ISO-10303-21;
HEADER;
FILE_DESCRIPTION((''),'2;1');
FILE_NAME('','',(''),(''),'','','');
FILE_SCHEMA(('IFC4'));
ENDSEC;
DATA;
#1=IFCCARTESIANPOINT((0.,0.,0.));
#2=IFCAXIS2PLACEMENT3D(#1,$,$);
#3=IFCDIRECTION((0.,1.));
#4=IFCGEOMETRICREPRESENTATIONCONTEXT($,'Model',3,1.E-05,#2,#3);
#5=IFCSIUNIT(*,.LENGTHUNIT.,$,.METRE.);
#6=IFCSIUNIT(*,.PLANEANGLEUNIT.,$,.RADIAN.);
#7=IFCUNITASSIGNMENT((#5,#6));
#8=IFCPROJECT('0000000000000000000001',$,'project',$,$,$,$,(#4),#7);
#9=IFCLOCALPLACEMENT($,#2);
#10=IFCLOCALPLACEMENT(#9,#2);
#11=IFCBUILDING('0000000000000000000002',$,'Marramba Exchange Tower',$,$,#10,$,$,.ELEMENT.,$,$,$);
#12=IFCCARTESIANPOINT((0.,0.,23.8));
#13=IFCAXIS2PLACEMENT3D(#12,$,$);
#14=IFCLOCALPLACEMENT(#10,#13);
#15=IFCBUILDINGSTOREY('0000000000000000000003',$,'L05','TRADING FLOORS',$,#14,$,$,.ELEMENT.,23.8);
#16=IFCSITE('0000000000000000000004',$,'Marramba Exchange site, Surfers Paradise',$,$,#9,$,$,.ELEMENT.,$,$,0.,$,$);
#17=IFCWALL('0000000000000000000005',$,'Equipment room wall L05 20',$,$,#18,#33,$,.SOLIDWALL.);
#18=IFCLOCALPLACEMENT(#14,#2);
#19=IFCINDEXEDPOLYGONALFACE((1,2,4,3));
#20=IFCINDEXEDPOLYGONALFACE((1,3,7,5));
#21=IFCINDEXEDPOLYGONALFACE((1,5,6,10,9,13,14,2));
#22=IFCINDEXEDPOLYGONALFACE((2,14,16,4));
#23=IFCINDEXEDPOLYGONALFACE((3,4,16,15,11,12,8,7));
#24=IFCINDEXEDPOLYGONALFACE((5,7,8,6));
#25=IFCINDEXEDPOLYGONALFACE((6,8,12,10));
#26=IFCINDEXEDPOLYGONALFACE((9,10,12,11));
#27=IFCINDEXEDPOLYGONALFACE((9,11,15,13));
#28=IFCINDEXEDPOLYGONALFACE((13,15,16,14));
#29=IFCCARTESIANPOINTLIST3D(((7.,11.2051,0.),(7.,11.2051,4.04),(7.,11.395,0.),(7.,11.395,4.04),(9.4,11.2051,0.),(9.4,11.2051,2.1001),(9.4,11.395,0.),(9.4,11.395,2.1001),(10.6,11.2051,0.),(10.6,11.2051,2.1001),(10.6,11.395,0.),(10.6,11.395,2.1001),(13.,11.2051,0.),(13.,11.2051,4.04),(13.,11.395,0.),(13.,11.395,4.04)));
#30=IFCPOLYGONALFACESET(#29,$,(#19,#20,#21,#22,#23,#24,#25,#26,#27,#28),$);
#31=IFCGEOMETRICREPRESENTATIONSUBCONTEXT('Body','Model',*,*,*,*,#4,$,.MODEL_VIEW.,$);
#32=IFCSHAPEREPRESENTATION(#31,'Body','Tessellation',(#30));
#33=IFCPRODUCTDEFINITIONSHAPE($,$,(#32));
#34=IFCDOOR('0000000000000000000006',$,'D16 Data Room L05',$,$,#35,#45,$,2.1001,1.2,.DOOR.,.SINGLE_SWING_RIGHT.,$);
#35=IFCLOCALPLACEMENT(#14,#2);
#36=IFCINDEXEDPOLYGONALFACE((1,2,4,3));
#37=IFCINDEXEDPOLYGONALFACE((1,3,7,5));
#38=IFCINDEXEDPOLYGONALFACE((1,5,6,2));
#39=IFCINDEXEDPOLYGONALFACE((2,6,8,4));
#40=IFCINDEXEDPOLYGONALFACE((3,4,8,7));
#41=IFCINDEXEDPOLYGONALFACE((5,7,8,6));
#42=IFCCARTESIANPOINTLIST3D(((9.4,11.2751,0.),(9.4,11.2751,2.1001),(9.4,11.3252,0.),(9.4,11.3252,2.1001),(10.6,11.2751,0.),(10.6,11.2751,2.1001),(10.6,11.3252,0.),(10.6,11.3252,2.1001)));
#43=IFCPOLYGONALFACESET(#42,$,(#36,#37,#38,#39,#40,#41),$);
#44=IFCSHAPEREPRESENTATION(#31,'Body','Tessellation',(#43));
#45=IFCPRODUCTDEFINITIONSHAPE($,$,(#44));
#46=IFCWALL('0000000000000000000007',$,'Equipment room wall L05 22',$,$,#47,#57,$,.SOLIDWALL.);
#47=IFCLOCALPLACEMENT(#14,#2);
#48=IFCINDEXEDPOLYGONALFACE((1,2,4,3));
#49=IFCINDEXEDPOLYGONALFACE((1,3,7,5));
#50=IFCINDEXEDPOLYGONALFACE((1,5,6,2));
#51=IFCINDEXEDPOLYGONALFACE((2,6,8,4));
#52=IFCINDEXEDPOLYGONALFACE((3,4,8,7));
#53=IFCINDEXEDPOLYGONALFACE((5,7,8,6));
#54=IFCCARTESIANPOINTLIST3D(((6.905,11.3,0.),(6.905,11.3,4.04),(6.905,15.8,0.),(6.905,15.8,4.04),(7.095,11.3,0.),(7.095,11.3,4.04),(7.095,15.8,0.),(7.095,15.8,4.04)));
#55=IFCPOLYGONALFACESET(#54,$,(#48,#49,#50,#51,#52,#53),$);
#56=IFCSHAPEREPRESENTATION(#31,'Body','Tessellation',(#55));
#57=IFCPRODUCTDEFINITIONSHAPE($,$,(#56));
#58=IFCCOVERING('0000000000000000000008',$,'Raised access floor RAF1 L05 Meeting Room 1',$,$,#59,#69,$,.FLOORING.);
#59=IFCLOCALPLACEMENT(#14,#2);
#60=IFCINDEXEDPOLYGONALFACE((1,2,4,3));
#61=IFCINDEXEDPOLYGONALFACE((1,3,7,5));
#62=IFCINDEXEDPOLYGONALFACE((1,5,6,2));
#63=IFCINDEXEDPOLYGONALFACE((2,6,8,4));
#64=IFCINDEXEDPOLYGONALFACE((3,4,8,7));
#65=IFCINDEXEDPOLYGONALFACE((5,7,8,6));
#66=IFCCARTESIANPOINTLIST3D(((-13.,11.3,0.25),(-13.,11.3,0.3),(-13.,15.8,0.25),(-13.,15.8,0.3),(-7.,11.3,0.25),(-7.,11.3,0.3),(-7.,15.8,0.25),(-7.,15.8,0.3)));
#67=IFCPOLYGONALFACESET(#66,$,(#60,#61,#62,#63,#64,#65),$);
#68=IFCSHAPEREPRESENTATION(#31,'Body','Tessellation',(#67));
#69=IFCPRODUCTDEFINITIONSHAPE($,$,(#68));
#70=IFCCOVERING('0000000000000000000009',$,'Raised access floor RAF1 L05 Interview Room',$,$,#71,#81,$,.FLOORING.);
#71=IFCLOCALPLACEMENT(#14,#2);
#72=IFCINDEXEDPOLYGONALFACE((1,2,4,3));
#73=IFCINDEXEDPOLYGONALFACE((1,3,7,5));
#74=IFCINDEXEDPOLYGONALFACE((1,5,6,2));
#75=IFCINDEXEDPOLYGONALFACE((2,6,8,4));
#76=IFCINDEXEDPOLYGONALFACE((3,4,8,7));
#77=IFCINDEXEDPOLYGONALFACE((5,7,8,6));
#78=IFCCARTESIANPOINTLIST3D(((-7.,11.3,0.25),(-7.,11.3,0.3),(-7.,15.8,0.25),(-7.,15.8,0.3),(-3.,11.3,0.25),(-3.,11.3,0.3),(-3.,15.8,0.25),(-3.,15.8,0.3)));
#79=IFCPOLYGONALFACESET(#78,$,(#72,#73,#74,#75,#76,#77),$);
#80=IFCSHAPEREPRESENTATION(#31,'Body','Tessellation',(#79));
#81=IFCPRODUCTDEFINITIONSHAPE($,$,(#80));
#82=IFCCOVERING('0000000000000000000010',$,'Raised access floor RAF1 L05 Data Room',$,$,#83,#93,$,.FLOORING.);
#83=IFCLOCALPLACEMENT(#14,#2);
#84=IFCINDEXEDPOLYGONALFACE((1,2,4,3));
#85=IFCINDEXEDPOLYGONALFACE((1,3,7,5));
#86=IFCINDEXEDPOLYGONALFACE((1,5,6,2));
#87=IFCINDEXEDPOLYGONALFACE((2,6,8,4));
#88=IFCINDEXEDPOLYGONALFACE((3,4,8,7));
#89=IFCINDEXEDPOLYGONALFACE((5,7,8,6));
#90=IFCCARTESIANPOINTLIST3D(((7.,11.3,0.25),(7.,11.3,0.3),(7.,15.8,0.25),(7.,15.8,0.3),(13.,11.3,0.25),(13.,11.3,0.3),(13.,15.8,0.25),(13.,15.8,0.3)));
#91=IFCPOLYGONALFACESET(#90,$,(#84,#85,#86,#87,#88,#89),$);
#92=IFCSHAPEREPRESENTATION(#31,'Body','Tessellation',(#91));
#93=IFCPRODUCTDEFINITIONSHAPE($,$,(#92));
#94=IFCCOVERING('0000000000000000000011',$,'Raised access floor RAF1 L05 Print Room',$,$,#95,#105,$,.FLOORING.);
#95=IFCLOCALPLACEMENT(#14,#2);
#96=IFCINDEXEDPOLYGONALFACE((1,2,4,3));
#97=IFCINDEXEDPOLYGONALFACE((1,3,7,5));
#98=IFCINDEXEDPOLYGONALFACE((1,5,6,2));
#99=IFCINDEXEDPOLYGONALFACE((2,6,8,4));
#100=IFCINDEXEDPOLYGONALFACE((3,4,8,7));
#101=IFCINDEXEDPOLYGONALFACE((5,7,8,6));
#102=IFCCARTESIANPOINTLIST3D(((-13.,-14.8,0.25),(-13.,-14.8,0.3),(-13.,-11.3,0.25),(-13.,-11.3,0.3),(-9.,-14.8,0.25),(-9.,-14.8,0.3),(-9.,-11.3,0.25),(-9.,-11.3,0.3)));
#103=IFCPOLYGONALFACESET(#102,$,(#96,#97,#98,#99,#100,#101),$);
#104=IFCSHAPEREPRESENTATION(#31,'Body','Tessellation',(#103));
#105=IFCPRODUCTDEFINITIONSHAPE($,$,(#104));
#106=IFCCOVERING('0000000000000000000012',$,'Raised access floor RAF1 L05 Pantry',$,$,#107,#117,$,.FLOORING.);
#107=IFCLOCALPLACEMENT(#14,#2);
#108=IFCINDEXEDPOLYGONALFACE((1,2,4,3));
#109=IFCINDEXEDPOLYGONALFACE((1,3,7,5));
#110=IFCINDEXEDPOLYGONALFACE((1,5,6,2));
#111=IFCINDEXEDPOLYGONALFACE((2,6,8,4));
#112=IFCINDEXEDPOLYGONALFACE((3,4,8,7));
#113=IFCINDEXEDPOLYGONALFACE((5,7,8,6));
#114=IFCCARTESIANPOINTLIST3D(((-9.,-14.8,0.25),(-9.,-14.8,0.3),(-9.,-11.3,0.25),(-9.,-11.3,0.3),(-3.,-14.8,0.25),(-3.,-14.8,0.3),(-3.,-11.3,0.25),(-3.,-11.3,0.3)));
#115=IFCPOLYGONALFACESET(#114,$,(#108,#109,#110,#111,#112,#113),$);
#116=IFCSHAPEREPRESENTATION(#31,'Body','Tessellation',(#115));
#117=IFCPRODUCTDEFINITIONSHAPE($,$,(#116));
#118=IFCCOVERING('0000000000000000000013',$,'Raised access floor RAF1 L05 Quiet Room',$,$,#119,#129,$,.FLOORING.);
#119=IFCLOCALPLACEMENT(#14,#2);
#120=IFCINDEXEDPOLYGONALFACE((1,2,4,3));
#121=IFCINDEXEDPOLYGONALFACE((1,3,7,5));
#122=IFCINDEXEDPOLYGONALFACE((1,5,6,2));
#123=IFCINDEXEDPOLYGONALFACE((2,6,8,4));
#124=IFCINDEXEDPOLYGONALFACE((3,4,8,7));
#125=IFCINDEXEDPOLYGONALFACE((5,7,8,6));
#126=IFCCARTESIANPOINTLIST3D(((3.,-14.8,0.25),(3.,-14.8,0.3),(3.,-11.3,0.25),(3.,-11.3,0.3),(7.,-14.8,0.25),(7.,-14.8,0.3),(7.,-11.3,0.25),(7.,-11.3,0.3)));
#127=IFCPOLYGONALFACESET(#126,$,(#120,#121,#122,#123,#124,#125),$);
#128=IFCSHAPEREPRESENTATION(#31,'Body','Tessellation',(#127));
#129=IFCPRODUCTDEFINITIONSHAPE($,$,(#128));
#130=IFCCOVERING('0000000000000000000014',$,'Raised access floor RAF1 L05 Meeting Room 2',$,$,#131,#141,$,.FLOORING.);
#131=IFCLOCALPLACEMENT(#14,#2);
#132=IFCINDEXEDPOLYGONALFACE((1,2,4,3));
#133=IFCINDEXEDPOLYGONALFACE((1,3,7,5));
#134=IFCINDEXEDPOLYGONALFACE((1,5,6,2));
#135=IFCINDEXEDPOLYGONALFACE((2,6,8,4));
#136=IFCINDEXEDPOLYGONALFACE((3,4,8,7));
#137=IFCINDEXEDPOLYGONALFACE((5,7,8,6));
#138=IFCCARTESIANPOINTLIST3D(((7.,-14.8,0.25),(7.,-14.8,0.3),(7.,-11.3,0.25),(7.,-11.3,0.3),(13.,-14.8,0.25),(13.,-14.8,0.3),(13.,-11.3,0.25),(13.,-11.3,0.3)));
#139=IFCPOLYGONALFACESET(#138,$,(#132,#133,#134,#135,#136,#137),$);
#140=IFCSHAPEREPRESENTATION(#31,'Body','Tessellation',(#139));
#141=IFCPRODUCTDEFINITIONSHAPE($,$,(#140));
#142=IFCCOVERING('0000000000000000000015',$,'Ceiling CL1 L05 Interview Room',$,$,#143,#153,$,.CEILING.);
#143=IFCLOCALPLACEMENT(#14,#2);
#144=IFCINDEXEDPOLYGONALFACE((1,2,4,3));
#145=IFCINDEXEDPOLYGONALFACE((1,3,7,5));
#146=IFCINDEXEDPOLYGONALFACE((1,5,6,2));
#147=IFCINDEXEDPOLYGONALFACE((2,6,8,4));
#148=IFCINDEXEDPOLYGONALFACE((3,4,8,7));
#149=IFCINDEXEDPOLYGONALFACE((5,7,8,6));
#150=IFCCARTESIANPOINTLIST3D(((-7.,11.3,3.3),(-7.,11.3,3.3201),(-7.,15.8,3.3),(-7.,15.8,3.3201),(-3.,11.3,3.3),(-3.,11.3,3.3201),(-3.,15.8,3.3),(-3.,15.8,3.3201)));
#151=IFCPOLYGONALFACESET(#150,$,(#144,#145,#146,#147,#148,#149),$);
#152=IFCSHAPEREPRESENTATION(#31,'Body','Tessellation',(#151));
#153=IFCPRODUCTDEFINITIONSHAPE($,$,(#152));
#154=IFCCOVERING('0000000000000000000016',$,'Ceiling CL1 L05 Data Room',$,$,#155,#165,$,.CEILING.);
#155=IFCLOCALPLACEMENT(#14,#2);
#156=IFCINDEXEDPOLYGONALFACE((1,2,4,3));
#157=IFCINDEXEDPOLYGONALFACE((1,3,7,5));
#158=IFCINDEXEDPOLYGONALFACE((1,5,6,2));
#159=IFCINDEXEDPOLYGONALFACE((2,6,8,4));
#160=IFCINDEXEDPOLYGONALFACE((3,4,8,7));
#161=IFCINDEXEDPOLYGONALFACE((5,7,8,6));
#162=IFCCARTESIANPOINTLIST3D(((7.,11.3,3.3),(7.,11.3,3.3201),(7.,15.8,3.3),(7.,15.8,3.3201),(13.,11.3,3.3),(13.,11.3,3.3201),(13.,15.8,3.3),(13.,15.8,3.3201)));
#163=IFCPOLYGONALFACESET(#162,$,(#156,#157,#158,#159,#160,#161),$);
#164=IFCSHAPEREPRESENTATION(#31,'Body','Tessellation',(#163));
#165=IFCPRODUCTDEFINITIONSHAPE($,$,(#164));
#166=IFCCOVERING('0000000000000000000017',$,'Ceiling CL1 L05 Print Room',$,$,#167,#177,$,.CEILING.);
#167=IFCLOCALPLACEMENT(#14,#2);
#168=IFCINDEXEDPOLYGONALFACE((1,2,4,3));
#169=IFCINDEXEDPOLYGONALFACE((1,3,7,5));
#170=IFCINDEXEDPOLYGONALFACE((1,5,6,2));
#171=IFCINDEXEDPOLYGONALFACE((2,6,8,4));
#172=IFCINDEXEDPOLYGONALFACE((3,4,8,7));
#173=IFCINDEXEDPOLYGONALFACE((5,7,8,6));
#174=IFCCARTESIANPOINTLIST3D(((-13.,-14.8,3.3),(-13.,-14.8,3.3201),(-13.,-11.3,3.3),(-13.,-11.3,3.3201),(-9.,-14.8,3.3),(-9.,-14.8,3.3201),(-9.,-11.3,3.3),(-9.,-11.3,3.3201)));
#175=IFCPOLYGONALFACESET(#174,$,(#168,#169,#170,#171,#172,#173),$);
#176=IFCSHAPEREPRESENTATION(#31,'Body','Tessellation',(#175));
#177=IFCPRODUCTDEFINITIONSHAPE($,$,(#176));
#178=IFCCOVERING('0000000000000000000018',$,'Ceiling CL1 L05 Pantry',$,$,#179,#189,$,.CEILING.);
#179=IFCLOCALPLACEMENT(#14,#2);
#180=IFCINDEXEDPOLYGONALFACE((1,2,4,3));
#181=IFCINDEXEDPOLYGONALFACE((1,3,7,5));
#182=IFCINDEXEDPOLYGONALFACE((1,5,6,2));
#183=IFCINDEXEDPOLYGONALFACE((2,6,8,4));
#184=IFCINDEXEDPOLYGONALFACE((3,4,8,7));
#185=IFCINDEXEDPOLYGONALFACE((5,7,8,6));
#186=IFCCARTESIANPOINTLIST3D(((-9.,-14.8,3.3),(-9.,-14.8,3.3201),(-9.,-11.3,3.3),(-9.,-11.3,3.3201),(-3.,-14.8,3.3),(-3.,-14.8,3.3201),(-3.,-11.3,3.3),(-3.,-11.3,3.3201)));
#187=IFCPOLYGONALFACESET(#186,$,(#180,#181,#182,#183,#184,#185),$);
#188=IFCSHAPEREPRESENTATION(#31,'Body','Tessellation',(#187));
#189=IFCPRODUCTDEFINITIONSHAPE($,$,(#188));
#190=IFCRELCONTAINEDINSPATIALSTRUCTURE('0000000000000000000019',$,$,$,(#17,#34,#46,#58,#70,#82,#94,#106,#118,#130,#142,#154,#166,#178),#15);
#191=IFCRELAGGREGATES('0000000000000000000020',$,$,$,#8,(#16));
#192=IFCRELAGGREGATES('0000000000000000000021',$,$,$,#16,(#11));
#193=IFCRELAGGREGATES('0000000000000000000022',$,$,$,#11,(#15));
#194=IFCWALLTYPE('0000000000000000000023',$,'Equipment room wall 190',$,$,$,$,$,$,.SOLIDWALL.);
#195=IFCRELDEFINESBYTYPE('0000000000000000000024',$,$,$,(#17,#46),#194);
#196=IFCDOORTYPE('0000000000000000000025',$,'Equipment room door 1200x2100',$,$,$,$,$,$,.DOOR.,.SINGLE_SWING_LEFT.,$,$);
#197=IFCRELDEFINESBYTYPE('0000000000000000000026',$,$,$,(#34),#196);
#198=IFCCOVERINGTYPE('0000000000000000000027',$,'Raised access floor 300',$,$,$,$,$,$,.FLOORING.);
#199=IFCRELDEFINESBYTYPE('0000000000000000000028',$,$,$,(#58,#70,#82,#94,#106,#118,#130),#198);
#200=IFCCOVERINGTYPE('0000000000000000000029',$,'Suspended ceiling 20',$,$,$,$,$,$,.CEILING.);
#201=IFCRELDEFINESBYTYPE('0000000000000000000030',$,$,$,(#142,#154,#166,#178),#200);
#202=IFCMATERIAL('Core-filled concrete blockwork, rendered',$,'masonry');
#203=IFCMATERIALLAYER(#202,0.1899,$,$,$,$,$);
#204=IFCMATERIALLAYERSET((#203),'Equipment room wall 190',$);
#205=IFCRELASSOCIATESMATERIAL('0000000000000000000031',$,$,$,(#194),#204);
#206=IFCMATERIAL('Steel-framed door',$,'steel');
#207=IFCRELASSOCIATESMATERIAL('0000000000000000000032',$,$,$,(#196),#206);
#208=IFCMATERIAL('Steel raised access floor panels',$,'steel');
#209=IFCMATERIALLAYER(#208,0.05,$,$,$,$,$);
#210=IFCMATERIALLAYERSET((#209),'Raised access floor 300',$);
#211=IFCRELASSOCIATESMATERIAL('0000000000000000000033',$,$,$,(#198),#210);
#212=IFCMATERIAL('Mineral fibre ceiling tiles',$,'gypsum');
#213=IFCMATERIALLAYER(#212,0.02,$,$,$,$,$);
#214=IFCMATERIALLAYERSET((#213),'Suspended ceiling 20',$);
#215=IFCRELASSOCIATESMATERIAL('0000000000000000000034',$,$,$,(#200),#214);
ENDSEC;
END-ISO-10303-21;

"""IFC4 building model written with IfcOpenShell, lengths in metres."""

from ifc_helpers import new_model, si_unit, direction, frame, frame_2d, origin, place, context, subcontext, project, spatial, polyline, rectangle, outline, extrude, material, layer, layer_set, type_object, element, fill, save


model = new_model("IFC4")

# Units and contexts
model_context = context("Model", 3, precision=1e-05, world=origin(), true_north=direction((0.0, 1.0)))
body_context = subcontext(model_context, "Body", "Model", "MODEL_VIEW")
ifc_project = project(units=[si_unit("LENGTHUNIT", "METRE"), si_unit("PLANEANGLEUNIT", "RADIAN")], contexts=[model_context])

# Site, building, storey
site_placement = place(None, origin())
site = spatial("IfcSite", under=ifc_project, at=site_placement, Name="Marramba Exchange site, Surfers Paradise", CompositionType="ELEMENT", RefElevation=0.0)
building_placement = place(site_placement, origin())
building = spatial("IfcBuilding", under=site, at=building_placement, Name="Marramba Exchange Tower", CompositionType="ELEMENT")
storey_placement = place(building_placement, frame((0.0, 0.0, 23.8)))
storey = spatial("IfcBuildingStorey", under=building, at=storey_placement, Name="L05", Description="TRADING FLOORS", CompositionType="ELEMENT", Elevation=23.8)

# Wall, opening, door
ifc_material_1 = material(Name="Core-filled concrete blockwork, rendered", Category="masonry")
ifc_layer_1 = layer(ifc_material_1, 0.1899)
ifc_layer_set_1 = layer_set([ifc_layer_1], Name="Equipment room wall 190")
wall_type_1 = type_object("IfcWallType", Name="Equipment room wall 190", PredefinedType="SOLIDWALL", material=ifc_layer_set_1)
wall_1_placement = place(storey_placement, frame((13.0, 11.3, 0.0), z_axis=(0.0, 0.0, 1.0), x_axis=(-1.0, 0.0, 0.0)))
wall_1 = element("IfcWall", 1, at=wall_1_placement, inside=storey, type_object=wall_type_1, Name="Equipment room wall L05 20", PredefinedType="SOLIDWALL", context=body_context, shape_type="SweptSolid", body=[
    extrude(rectangle(XDim=6.0, YDim=0.1899, at=frame_2d((3.0, 0.0))), origin(), (0.0, 0.0, 1.0), 4.04),
])
opening_placement = place(wall_1_placement, frame((2.3999, 0.0, 0.0)))
opening = element("IfcOpeningElement", 2, at=opening_placement, cuts=wall_1, PredefinedType="OPENING", context=body_context, shape_type="SweptSolid", body=[
    extrude(rectangle(XDim=1.2, YDim=2.1001, at=frame_2d((0.6001, 1.05))), frame((0.0, 0.105, 0.0), z_axis=(0.0, -1.0, 0.0), x_axis=(1.0, 0.0, 0.0)), (0.0, 0.0, 1.0), 0.21),
])
ifc_material_2 = material(Name="Steel-framed door", Category="steel")
door_type = type_object("IfcDoorType", Name="Equipment room door 1200x2100", OperationType="SINGLE_SWING_LEFT", PredefinedType="DOOR", material=ifc_material_2)
door_placement = place(opening_placement, frame((1.2, 0.0, 0.0), z_axis=(0.0, 0.0, 1.0), x_axis=(-1.0, 0.0, 0.0)))
door = element("IfcDoor", 3, at=door_placement, inside=storey, type_object=door_type, Name="D16 Data Room L05", OperationType="SINGLE_SWING_RIGHT", OverallHeight=2.1001, OverallWidth=1.2, PredefinedType="DOOR", context=body_context, shape_type="SweptSolid", body=[
    extrude(rectangle(XDim=1.2, YDim=2.1001, at=frame_2d((0.5999, 1.05))), frame((0.0, 0.0251, 0.0), z_axis=(0.0, -1.0, 0.0), x_axis=(1.0, 0.0, 0.0)), (0.0, 0.0, 1.0), 0.05),
])
fill(opening, door)

# Wall
wall_2_placement = place(storey_placement, frame((7.0, 11.3, 0.0), z_axis=(0.0, 0.0, 1.0), x_axis=(0.0, 1.0, 0.0)))
element("IfcWall", 4, at=wall_2_placement, inside=storey, type_object=wall_type_1, Name="Equipment room wall L05 22", PredefinedType="SOLIDWALL", context=body_context, shape_type="SweptSolid", body=[
    extrude(rectangle(XDim=4.5, YDim=0.1899, at=frame_2d((2.25, 0.0))), origin(), (0.0, 0.0, 1.0), 4.04),
])

# Coverings
ifc_material_3 = material(Name="Steel raised access floor panels", Category="steel")
ifc_layer_2 = layer(ifc_material_3, 0.05)
ifc_layer_set_2 = layer_set([ifc_layer_2], Name="Raised access floor 300")
covering_type_1 = type_object("IfcCoveringType", Name="Raised access floor 300", PredefinedType="FLOORING", material=ifc_layer_set_2)
covering_1_placement = place(storey_placement, frame((0.0, 0.0, 0.25)))
element("IfcCovering", 5, at=covering_1_placement, inside=storey, type_object=covering_type_1, Name="Raised access floor RAF1 L05 Meeting Room 1", PredefinedType="FLOORING", context=body_context, shape_type="SweptSolid", body=[
    extrude(outline(polyline([(-7.0, 15.8), (-7.0, 11.3), (-13.0, 11.3), (-13.0, 15.8), (-7.0, 15.8)])), origin(), (0.0, 0.0, 1.0), 0.05),
])
covering_2_placement = place(storey_placement, frame((0.0, 0.0, 0.25)))
element("IfcCovering", 6, at=covering_2_placement, inside=storey, type_object=covering_type_1, Name="Raised access floor RAF1 L05 Interview Room", PredefinedType="FLOORING", context=body_context, shape_type="SweptSolid", body=[
    extrude(outline(polyline([(-3.0, 15.8), (-3.0, 11.3), (-7.0, 11.3), (-7.0, 15.8), (-3.0, 15.8)])), origin(), (0.0, 0.0, 1.0), 0.05),
])
covering_3_placement = place(storey_placement, frame((0.0, 0.0, 0.25)))
element("IfcCovering", 7, at=covering_3_placement, inside=storey, type_object=covering_type_1, Name="Raised access floor RAF1 L05 Data Room", PredefinedType="FLOORING", context=body_context, shape_type="SweptSolid", body=[
    extrude(outline(polyline([(13.0, 11.3), (7.0, 11.3), (7.0, 15.8), (13.0, 15.8), (13.0, 11.3)])), origin(), (0.0, 0.0, 1.0), 0.05),
])
covering_4_placement = place(storey_placement, frame((0.0, 0.0, 0.25)))
element("IfcCovering", 8, at=covering_4_placement, inside=storey, type_object=covering_type_1, Name="Raised access floor RAF1 L05 Print Room", PredefinedType="FLOORING", context=body_context, shape_type="SweptSolid", body=[
    extrude(outline(polyline([(-9.0, -14.8), (-13.0, -14.8), (-13.0, -11.3), (-9.0, -11.3), (-9.0, -14.8)])), origin(), (0.0, 0.0, 1.0), 0.05),
])
covering_5_placement = place(storey_placement, frame((0.0, 0.0, 0.25)))
element("IfcCovering", 9, at=covering_5_placement, inside=storey, type_object=covering_type_1, Name="Raised access floor RAF1 L05 Pantry", PredefinedType="FLOORING", context=body_context, shape_type="SweptSolid", body=[
    extrude(outline(polyline([(-3.0, -14.8), (-9.0, -14.8), (-9.0, -11.3), (-3.0, -11.3), (-3.0, -14.8)])), origin(), (0.0, 0.0, 1.0), 0.05),
])
covering_6_placement = place(storey_placement, frame((0.0, 0.0, 0.25)))
element("IfcCovering", 10, at=covering_6_placement, inside=storey, type_object=covering_type_1, Name="Raised access floor RAF1 L05 Quiet Room", PredefinedType="FLOORING", context=body_context, shape_type="SweptSolid", body=[
    extrude(outline(polyline([(7.0, -11.3), (7.0, -14.8), (3.0, -14.8), (3.0, -11.3), (7.0, -11.3)])), origin(), (0.0, 0.0, 1.0), 0.05),
])
covering_7_placement = place(storey_placement, frame((0.0, 0.0, 0.25)))
element("IfcCovering", 11, at=covering_7_placement, inside=storey, type_object=covering_type_1, Name="Raised access floor RAF1 L05 Meeting Room 2", PredefinedType="FLOORING", context=body_context, shape_type="SweptSolid", body=[
    extrude(outline(polyline([(13.0, -14.8), (7.0, -14.8), (7.0, -11.3), (13.0, -11.3), (13.0, -14.8)])), origin(), (0.0, 0.0, 1.0), 0.05),
])
ifc_material_4 = material(Name="Mineral fibre ceiling tiles", Category="gypsum")
ifc_layer_3 = layer(ifc_material_4, 0.02)
ifc_layer_set_3 = layer_set([ifc_layer_3], Name="Suspended ceiling 20")
covering_type_2 = type_object("IfcCoveringType", Name="Suspended ceiling 20", PredefinedType="CEILING", material=ifc_layer_set_3)
covering_8_placement = place(storey_placement, frame((0.0, 0.0, 3.3)))
element("IfcCovering", 12, at=covering_8_placement, inside=storey, type_object=covering_type_2, Name="Ceiling CL1 L05 Interview Room", PredefinedType="CEILING", context=body_context, shape_type="SweptSolid", body=[
    extrude(outline(polyline([(-3.0, 15.8), (-3.0, 11.3), (-7.0, 11.3), (-7.0, 15.8), (-3.0, 15.8)])), origin(), (0.0, 0.0, 1.0), 0.02),
])
covering_9_placement = place(storey_placement, frame((0.0, 0.0, 3.3)))
element("IfcCovering", 13, at=covering_9_placement, inside=storey, type_object=covering_type_2, Name="Ceiling CL1 L05 Data Room", PredefinedType="CEILING", context=body_context, shape_type="SweptSolid", body=[
    extrude(outline(polyline([(13.0, 11.3), (7.0, 11.3), (7.0, 15.8), (13.0, 15.8), (13.0, 11.3)])), origin(), (0.0, 0.0, 1.0), 0.02),
])
covering_10_placement = place(storey_placement, frame((0.0, 0.0, 3.3)))
element("IfcCovering", 14, at=covering_10_placement, inside=storey, type_object=covering_type_2, Name="Ceiling CL1 L05 Print Room", PredefinedType="CEILING", context=body_context, shape_type="SweptSolid", body=[
    extrude(outline(polyline([(-9.0, -14.8), (-13.0, -14.8), (-13.0, -11.3), (-9.0, -11.3), (-9.0, -14.8)])), origin(), (0.0, 0.0, 1.0), 0.02),
])
covering_11_placement = place(storey_placement, frame((0.0, 0.0, 3.3)))
element("IfcCovering", 15, at=covering_11_placement, inside=storey, type_object=covering_type_2, Name="Ceiling CL1 L05 Pantry", PredefinedType="CEILING", context=body_context, shape_type="SweptSolid", body=[
    extrude(outline(polyline([(-3.0, -14.8), (-9.0, -14.8), (-9.0, -11.3), (-3.0, -11.3), (-3.0, -14.8)])), origin(), (0.0, 0.0, 1.0), 0.02),
])

save(model, "model.ifc")
